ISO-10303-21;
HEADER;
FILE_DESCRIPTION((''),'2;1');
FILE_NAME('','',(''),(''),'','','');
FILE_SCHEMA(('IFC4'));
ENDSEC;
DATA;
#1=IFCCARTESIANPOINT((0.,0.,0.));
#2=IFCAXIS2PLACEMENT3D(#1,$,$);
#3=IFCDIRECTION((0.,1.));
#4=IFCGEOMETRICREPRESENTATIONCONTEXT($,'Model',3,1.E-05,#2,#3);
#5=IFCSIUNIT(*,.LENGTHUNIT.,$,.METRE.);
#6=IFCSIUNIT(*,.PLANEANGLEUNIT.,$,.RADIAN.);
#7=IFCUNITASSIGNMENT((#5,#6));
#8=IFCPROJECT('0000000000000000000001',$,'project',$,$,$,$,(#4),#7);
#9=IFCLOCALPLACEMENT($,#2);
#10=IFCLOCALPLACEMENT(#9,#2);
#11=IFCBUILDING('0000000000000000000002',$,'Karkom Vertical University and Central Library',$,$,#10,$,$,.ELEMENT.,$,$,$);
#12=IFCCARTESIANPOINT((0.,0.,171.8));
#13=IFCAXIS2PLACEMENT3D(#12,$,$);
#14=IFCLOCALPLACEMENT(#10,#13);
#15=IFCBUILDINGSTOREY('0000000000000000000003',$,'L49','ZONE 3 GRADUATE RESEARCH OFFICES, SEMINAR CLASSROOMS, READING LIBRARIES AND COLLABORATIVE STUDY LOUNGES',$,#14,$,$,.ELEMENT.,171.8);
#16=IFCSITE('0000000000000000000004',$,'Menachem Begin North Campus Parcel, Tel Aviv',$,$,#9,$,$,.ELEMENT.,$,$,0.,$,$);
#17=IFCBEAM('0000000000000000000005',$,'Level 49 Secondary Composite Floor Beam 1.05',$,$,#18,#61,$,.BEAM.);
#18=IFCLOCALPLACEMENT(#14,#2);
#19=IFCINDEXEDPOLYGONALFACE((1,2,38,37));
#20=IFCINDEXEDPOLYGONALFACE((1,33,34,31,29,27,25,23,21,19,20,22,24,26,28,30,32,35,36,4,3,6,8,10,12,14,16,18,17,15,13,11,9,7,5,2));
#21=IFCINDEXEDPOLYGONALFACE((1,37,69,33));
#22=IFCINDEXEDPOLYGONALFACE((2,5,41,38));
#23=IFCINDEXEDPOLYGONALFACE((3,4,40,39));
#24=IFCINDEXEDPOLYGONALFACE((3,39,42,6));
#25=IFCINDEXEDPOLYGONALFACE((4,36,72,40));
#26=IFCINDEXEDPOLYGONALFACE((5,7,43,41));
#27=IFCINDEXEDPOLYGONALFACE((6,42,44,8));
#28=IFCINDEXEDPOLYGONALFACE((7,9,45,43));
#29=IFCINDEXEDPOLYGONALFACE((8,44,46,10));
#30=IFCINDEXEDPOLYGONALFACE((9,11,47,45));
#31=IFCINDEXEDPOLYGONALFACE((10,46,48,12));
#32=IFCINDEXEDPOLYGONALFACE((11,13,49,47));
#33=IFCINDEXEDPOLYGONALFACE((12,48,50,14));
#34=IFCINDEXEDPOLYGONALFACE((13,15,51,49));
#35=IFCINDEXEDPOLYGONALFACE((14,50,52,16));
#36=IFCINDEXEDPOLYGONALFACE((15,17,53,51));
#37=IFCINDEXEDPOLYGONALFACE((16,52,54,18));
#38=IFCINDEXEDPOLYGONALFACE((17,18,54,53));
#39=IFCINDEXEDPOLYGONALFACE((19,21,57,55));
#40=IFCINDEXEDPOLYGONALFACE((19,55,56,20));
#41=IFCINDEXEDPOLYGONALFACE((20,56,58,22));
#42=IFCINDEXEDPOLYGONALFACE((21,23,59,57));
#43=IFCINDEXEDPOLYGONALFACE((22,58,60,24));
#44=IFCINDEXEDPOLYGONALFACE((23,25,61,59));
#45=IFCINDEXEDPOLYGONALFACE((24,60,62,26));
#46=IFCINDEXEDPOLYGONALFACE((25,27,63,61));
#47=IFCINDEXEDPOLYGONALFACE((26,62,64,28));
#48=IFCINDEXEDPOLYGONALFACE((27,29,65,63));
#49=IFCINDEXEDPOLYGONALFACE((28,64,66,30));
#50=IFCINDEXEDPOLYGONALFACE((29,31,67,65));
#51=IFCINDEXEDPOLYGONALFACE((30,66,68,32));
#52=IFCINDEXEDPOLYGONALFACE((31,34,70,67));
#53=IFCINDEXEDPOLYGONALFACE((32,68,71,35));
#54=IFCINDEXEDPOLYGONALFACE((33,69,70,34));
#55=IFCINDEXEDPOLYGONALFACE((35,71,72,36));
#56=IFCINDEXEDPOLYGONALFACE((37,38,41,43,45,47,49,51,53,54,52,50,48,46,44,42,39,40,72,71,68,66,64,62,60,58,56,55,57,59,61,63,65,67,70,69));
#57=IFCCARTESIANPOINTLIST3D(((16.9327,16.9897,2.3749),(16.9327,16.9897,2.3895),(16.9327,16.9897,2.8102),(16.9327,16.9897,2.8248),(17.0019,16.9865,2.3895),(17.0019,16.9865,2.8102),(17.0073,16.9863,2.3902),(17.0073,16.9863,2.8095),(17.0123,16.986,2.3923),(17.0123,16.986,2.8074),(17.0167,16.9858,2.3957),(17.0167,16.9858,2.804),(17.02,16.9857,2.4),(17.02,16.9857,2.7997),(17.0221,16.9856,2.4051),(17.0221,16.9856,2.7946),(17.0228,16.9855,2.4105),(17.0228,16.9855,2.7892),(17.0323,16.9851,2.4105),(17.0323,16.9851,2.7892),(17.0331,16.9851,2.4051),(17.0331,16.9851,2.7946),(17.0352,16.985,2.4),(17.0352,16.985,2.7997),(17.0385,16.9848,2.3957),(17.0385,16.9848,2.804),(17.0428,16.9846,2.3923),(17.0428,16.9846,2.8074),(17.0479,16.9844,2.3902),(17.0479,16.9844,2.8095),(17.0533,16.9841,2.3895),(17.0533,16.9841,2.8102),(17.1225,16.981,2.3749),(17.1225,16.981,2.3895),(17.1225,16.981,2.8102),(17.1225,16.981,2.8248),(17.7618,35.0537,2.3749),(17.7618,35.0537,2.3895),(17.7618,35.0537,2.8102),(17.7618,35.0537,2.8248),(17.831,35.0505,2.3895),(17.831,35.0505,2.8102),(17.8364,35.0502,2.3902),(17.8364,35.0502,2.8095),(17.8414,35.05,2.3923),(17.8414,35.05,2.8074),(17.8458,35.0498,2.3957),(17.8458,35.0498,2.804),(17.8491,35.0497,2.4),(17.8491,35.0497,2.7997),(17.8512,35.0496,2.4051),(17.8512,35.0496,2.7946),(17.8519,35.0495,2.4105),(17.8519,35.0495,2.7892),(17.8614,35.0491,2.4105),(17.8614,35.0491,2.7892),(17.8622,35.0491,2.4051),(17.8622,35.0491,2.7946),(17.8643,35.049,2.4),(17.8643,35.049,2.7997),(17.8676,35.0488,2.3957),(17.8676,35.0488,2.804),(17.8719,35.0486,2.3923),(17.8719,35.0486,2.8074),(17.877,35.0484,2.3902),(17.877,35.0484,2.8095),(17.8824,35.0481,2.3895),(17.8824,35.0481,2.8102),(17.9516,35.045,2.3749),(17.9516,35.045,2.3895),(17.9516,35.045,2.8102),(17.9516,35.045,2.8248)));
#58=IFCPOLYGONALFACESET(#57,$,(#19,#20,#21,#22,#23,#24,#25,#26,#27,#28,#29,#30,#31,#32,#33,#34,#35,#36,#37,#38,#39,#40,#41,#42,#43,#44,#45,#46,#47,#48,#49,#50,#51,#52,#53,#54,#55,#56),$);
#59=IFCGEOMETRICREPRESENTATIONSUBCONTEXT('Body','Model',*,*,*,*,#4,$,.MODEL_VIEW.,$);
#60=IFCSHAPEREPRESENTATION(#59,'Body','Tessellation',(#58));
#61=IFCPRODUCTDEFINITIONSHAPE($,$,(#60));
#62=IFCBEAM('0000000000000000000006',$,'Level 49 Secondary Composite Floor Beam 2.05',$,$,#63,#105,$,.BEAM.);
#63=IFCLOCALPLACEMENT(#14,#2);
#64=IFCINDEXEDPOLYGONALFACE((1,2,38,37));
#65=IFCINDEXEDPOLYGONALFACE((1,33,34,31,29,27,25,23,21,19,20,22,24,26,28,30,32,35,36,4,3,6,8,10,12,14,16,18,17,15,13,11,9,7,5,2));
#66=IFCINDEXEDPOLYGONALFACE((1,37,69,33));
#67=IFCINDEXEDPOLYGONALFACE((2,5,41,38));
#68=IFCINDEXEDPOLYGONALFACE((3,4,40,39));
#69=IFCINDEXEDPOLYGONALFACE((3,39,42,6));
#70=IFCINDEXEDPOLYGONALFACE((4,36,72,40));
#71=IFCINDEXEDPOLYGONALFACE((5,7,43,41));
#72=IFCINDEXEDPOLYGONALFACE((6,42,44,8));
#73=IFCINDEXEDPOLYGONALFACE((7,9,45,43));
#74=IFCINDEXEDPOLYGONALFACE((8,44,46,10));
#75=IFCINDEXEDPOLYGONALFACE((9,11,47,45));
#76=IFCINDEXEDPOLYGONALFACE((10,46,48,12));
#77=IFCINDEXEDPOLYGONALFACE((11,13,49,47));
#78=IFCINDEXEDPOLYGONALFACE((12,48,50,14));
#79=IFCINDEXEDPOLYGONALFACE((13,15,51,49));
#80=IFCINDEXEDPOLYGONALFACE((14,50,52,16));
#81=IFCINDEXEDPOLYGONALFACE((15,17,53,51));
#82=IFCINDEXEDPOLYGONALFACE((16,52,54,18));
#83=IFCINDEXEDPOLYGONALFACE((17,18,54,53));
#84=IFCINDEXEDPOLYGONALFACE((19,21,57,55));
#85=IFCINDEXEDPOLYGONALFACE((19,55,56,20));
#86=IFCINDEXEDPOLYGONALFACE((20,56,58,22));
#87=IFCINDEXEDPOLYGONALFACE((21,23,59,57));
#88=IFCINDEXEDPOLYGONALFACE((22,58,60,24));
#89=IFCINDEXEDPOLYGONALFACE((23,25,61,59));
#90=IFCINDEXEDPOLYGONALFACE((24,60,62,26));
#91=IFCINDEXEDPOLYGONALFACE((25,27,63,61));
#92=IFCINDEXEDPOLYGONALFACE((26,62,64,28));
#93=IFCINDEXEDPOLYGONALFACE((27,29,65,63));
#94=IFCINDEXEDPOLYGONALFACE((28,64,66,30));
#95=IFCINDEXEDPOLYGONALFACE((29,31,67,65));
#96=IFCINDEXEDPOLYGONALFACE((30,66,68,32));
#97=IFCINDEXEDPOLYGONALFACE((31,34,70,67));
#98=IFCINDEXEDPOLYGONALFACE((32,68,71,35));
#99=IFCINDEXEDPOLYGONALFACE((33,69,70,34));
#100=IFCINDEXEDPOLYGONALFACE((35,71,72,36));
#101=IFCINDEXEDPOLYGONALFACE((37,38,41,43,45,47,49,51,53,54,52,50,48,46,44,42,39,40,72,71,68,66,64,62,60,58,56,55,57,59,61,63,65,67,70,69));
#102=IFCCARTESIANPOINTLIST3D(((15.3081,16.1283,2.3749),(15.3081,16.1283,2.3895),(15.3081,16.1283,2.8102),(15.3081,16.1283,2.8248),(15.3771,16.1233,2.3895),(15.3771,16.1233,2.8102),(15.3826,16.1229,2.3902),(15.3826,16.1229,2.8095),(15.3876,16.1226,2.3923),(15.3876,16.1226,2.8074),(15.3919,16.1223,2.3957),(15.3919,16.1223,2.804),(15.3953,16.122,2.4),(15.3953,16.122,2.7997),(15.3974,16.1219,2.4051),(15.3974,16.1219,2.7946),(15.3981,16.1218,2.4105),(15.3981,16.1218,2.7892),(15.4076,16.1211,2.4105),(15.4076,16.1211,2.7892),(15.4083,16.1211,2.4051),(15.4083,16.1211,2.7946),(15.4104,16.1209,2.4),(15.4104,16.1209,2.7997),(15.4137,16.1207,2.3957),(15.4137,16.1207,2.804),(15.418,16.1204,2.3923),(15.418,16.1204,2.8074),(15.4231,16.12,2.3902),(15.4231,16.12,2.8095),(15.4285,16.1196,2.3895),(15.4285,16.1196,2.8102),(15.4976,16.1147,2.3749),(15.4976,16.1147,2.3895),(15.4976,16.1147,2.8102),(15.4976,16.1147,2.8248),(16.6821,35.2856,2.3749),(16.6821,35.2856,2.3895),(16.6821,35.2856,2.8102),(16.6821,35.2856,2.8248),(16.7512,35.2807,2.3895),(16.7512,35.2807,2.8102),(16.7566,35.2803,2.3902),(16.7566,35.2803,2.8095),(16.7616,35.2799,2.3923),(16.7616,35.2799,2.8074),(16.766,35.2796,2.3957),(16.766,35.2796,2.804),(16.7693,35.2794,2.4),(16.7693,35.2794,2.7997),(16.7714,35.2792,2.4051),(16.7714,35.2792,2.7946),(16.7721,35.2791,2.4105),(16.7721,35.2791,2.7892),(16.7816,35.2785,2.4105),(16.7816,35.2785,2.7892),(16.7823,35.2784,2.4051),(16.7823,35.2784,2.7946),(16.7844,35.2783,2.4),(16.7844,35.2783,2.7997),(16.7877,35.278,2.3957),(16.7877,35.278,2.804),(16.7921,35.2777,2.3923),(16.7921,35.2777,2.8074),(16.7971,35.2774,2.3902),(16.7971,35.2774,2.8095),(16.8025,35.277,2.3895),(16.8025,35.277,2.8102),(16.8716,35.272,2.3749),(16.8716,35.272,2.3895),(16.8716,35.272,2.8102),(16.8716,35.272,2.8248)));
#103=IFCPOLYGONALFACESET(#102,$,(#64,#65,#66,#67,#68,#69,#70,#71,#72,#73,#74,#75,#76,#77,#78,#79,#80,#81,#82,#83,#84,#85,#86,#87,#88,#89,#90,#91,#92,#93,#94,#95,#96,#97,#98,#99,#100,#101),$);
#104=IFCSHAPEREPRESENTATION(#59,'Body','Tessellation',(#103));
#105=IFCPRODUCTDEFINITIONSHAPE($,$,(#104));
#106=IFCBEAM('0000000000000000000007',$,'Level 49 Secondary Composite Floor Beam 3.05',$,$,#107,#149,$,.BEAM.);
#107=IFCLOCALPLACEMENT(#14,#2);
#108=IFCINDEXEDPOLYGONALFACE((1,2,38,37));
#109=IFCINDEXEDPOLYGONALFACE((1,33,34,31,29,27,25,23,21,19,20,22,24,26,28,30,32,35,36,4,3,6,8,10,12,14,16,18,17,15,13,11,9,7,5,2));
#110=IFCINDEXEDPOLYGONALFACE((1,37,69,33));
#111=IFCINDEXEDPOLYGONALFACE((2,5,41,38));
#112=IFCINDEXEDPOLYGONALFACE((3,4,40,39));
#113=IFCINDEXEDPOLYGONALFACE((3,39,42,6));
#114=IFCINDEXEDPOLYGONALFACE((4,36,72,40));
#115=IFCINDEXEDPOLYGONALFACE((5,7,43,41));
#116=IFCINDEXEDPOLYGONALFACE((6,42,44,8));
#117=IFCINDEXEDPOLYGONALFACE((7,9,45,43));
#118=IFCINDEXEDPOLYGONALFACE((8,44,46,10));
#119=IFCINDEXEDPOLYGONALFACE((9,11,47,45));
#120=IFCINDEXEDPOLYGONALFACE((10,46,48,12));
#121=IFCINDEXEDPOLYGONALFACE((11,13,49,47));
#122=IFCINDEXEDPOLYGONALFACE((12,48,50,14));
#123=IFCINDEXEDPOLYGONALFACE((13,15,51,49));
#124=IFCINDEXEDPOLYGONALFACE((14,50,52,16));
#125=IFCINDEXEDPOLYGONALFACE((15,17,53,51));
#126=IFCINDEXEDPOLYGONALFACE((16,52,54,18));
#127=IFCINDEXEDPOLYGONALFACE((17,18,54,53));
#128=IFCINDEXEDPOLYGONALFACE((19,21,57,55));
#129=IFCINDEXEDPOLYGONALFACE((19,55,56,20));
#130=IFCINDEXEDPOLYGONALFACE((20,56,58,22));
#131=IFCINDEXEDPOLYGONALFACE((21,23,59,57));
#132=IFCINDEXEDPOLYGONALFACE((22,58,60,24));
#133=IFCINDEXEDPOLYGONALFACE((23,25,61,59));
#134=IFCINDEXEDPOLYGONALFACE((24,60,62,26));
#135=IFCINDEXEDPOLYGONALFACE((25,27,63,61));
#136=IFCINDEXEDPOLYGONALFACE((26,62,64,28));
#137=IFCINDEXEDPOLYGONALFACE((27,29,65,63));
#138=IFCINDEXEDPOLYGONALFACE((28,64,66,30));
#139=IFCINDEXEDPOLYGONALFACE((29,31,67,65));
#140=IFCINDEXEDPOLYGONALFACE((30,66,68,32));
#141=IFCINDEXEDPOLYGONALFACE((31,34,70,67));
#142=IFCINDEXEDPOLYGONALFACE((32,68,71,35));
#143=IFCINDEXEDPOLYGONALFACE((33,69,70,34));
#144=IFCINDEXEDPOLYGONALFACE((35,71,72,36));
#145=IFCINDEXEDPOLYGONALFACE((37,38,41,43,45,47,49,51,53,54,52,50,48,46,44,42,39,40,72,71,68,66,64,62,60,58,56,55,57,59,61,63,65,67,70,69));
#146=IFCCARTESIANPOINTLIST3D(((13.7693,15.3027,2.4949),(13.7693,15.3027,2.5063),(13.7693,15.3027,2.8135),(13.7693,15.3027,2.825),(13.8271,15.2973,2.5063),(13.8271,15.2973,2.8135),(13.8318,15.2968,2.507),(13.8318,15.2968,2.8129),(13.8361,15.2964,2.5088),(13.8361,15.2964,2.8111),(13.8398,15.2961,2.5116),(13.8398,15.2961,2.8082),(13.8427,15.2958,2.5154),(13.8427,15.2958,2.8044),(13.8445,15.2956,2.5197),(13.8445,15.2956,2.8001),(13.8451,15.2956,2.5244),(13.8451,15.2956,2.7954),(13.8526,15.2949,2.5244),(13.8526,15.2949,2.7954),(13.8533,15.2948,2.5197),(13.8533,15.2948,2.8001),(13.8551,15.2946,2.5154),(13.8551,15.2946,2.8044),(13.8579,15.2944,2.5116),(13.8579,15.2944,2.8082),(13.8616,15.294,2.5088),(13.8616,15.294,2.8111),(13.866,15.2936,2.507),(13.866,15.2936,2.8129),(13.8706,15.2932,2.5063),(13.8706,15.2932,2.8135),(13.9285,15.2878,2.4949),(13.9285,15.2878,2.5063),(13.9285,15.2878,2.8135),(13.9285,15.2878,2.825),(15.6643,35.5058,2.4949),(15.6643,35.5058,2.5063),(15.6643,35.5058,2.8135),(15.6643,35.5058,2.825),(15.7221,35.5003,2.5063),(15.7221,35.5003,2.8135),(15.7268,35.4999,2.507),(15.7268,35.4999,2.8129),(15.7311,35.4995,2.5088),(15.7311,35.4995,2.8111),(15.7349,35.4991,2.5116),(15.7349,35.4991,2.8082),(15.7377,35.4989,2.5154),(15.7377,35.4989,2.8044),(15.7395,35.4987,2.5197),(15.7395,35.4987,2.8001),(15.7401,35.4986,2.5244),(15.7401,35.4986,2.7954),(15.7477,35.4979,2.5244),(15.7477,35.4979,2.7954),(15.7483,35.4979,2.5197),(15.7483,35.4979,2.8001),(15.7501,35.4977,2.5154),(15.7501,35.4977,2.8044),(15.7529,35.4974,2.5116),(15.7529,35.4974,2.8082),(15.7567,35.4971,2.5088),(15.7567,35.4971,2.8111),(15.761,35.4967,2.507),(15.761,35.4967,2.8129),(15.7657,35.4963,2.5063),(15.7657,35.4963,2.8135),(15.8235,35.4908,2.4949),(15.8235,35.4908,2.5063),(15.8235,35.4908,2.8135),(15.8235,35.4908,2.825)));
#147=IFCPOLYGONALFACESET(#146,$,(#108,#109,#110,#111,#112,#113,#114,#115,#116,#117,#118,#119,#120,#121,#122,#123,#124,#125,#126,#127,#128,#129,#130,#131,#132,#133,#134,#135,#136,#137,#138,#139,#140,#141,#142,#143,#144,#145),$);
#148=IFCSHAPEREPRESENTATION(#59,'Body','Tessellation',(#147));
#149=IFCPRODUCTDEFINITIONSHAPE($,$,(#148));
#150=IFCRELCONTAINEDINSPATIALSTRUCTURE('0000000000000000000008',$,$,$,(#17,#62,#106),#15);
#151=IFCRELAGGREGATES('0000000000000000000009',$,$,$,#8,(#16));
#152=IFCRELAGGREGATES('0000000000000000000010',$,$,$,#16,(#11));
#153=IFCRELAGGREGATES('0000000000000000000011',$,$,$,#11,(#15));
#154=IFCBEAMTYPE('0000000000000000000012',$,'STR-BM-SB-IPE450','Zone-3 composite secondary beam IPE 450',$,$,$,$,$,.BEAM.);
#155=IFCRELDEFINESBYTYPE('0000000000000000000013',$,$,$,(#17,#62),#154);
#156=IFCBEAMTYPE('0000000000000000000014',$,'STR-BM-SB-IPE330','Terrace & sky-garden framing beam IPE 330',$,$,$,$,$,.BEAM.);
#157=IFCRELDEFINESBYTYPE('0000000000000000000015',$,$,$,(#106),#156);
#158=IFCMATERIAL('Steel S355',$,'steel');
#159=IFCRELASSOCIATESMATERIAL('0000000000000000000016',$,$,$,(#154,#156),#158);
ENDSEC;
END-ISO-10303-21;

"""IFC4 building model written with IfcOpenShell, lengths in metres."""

from ifc_helpers import new_model, si_unit, direction, frame, origin, origin_with_axes, origin_2d, place, context, subcontext, project, spatial, i_section, extrude, source, transform, mapped, material, material_profile, profile_set, type_object, element, save


model = new_model("IFC4")

# Units and contexts
model_context = context("Model", 3, precision=1e-05, world=origin(), true_north=direction((0.0, 1.0)))
body_context = subcontext(model_context, "Body", "Model", "MODEL_VIEW")
ifc_project = project(units=[si_unit("LENGTHUNIT", "METRE"), si_unit("PLANEANGLEUNIT", "RADIAN")], contexts=[model_context])

# Site, building, storey
site_placement = place(None, origin())
site = spatial("IfcSite", under=ifc_project, at=site_placement, Name="Menachem Begin North Campus Parcel, Tel Aviv", CompositionType="ELEMENT", RefElevation=0.0)
building_placement = place(site_placement, origin())
building = spatial("IfcBuilding", under=site, at=building_placement, Name="Karkom Vertical University and Central Library", CompositionType="ELEMENT")
storey_placement = place(building_placement, frame((0.0, 0.0, 171.8)))
storey = spatial("IfcBuildingStorey", under=building, at=storey_placement, Name="L49", Description="ZONE 3 GRADUATE RESEARCH OFFICES, SEMINAR CLASSROOMS, READING LIBRARIES AND COLLABORATIVE STUDY LOUNGES", CompositionType="ELEMENT", Elevation=171.8)

# Beams
ifc_material_1 = material(Name="Steel S355", Category="steel")
ifc_material_profile_1 = material_profile(ifc_material_1, i_section(OverallWidth=0.1899, OverallDepth=0.45, WebThickness=0.0095, FlangeThickness=0.0146, FilletRadius=0.021, at=origin_2d()), Name="IPE 450")
ifc_profile_set_1 = profile_set([ifc_material_profile_1], Name="Steel S355")
beam_type_1 = type_object("IfcBeamType", Name="STR-BM-SB-IPE450", Description="Zone-3 composite secondary beam IPE 450", PredefinedType="BEAM", material=ifc_profile_set_1)
shared_shape_1 = source(origin_with_axes(), body_context, "Body", "SweptSolid", [
    extrude(i_section(OverallWidth=0.1899, OverallDepth=0.45, WebThickness=0.0095, FlangeThickness=0.0146, FilletRadius=0.021, at=origin_2d()), origin(), (0.0, 0.0, 1.0), 18.083),
])
beam_1_placement = place(storey_placement, frame((17.8567, 35.0493, 2.5999), z_axis=(-0.04585, -0.998948, 0.0), x_axis=(0.998948, -0.04585, 0.0)))
element("IfcBeam", 1, at=beam_1_placement, inside=storey, type_object=beam_type_1, Name="Level 49 Secondary Composite Floor Beam 1.05", PredefinedType="BEAM", context=body_context, shape_type="MappedRepresentation", body=[
    mapped(shared_shape_1, transform((0.0, 0.0, 0.0), scale=1.0)),
])
shared_shape_2 = source(origin_with_axes(), body_context, "Body", "SweptSolid", [
    extrude(i_section(OverallWidth=0.1899, OverallDepth=0.45, WebThickness=0.0095, FlangeThickness=0.0146, FilletRadius=0.021, at=origin_2d()), origin(), (0.0, 0.0, 1.0), 19.2065),
])
beam_2_placement = place(storey_placement, frame((16.7769, 35.2788, 2.5999), z_axis=(-0.07154, -0.997438, 0.0), x_axis=(0.997438, -0.07154, 0.0)))
element("IfcBeam", 2, at=beam_2_placement, inside=storey, type_object=beam_type_1, Name="Level 49 Secondary Composite Floor Beam 2.05", PredefinedType="BEAM", context=body_context, shape_type="MappedRepresentation", body=[
    mapped(shared_shape_2, transform((0.0, 0.0, 0.0), scale=1.0)),
])
ifc_material_profile_2 = material_profile(ifc_material_1, i_section(OverallWidth=0.1599, OverallDepth=0.3301, WebThickness=0.0076, FlangeThickness=0.0115, FilletRadius=0.0181, at=origin_2d()), Name="IPE 330")
ifc_profile_set_2 = profile_set([ifc_material_profile_2], Name="Steel S355")
beam_type_2 = type_object("IfcBeamType", Name="STR-BM-SB-IPE330", Description="Terrace & sky-garden framing beam IPE 330", PredefinedType="BEAM", material=ifc_profile_set_2)
shared_shape_3 = source(origin_with_axes(), body_context, "Body", "SweptSolid", [
    extrude(i_section(OverallWidth=0.1599, OverallDepth=0.3301, WebThickness=0.0076, FlangeThickness=0.0115, FilletRadius=0.0181, at=origin_2d()), origin(), (0.0, 0.0, 1.0), 20.2917),
])
beam_3_placement = place(storey_placement, frame((15.7439, 35.4983, 2.6599), z_axis=(-0.093388, -0.99563, 0.0), x_axis=(0.99563, -0.093388, 0.0)))
element("IfcBeam", 3, at=beam_3_placement, inside=storey, type_object=beam_type_2, Name="Level 49 Secondary Composite Floor Beam 3.05", PredefinedType="BEAM", context=body_context, shape_type="MappedRepresentation", body=[
    mapped(shared_shape_3, transform((0.0, 0.0, 0.0), scale=1.0)),
])

save(model, "model.ifc")
